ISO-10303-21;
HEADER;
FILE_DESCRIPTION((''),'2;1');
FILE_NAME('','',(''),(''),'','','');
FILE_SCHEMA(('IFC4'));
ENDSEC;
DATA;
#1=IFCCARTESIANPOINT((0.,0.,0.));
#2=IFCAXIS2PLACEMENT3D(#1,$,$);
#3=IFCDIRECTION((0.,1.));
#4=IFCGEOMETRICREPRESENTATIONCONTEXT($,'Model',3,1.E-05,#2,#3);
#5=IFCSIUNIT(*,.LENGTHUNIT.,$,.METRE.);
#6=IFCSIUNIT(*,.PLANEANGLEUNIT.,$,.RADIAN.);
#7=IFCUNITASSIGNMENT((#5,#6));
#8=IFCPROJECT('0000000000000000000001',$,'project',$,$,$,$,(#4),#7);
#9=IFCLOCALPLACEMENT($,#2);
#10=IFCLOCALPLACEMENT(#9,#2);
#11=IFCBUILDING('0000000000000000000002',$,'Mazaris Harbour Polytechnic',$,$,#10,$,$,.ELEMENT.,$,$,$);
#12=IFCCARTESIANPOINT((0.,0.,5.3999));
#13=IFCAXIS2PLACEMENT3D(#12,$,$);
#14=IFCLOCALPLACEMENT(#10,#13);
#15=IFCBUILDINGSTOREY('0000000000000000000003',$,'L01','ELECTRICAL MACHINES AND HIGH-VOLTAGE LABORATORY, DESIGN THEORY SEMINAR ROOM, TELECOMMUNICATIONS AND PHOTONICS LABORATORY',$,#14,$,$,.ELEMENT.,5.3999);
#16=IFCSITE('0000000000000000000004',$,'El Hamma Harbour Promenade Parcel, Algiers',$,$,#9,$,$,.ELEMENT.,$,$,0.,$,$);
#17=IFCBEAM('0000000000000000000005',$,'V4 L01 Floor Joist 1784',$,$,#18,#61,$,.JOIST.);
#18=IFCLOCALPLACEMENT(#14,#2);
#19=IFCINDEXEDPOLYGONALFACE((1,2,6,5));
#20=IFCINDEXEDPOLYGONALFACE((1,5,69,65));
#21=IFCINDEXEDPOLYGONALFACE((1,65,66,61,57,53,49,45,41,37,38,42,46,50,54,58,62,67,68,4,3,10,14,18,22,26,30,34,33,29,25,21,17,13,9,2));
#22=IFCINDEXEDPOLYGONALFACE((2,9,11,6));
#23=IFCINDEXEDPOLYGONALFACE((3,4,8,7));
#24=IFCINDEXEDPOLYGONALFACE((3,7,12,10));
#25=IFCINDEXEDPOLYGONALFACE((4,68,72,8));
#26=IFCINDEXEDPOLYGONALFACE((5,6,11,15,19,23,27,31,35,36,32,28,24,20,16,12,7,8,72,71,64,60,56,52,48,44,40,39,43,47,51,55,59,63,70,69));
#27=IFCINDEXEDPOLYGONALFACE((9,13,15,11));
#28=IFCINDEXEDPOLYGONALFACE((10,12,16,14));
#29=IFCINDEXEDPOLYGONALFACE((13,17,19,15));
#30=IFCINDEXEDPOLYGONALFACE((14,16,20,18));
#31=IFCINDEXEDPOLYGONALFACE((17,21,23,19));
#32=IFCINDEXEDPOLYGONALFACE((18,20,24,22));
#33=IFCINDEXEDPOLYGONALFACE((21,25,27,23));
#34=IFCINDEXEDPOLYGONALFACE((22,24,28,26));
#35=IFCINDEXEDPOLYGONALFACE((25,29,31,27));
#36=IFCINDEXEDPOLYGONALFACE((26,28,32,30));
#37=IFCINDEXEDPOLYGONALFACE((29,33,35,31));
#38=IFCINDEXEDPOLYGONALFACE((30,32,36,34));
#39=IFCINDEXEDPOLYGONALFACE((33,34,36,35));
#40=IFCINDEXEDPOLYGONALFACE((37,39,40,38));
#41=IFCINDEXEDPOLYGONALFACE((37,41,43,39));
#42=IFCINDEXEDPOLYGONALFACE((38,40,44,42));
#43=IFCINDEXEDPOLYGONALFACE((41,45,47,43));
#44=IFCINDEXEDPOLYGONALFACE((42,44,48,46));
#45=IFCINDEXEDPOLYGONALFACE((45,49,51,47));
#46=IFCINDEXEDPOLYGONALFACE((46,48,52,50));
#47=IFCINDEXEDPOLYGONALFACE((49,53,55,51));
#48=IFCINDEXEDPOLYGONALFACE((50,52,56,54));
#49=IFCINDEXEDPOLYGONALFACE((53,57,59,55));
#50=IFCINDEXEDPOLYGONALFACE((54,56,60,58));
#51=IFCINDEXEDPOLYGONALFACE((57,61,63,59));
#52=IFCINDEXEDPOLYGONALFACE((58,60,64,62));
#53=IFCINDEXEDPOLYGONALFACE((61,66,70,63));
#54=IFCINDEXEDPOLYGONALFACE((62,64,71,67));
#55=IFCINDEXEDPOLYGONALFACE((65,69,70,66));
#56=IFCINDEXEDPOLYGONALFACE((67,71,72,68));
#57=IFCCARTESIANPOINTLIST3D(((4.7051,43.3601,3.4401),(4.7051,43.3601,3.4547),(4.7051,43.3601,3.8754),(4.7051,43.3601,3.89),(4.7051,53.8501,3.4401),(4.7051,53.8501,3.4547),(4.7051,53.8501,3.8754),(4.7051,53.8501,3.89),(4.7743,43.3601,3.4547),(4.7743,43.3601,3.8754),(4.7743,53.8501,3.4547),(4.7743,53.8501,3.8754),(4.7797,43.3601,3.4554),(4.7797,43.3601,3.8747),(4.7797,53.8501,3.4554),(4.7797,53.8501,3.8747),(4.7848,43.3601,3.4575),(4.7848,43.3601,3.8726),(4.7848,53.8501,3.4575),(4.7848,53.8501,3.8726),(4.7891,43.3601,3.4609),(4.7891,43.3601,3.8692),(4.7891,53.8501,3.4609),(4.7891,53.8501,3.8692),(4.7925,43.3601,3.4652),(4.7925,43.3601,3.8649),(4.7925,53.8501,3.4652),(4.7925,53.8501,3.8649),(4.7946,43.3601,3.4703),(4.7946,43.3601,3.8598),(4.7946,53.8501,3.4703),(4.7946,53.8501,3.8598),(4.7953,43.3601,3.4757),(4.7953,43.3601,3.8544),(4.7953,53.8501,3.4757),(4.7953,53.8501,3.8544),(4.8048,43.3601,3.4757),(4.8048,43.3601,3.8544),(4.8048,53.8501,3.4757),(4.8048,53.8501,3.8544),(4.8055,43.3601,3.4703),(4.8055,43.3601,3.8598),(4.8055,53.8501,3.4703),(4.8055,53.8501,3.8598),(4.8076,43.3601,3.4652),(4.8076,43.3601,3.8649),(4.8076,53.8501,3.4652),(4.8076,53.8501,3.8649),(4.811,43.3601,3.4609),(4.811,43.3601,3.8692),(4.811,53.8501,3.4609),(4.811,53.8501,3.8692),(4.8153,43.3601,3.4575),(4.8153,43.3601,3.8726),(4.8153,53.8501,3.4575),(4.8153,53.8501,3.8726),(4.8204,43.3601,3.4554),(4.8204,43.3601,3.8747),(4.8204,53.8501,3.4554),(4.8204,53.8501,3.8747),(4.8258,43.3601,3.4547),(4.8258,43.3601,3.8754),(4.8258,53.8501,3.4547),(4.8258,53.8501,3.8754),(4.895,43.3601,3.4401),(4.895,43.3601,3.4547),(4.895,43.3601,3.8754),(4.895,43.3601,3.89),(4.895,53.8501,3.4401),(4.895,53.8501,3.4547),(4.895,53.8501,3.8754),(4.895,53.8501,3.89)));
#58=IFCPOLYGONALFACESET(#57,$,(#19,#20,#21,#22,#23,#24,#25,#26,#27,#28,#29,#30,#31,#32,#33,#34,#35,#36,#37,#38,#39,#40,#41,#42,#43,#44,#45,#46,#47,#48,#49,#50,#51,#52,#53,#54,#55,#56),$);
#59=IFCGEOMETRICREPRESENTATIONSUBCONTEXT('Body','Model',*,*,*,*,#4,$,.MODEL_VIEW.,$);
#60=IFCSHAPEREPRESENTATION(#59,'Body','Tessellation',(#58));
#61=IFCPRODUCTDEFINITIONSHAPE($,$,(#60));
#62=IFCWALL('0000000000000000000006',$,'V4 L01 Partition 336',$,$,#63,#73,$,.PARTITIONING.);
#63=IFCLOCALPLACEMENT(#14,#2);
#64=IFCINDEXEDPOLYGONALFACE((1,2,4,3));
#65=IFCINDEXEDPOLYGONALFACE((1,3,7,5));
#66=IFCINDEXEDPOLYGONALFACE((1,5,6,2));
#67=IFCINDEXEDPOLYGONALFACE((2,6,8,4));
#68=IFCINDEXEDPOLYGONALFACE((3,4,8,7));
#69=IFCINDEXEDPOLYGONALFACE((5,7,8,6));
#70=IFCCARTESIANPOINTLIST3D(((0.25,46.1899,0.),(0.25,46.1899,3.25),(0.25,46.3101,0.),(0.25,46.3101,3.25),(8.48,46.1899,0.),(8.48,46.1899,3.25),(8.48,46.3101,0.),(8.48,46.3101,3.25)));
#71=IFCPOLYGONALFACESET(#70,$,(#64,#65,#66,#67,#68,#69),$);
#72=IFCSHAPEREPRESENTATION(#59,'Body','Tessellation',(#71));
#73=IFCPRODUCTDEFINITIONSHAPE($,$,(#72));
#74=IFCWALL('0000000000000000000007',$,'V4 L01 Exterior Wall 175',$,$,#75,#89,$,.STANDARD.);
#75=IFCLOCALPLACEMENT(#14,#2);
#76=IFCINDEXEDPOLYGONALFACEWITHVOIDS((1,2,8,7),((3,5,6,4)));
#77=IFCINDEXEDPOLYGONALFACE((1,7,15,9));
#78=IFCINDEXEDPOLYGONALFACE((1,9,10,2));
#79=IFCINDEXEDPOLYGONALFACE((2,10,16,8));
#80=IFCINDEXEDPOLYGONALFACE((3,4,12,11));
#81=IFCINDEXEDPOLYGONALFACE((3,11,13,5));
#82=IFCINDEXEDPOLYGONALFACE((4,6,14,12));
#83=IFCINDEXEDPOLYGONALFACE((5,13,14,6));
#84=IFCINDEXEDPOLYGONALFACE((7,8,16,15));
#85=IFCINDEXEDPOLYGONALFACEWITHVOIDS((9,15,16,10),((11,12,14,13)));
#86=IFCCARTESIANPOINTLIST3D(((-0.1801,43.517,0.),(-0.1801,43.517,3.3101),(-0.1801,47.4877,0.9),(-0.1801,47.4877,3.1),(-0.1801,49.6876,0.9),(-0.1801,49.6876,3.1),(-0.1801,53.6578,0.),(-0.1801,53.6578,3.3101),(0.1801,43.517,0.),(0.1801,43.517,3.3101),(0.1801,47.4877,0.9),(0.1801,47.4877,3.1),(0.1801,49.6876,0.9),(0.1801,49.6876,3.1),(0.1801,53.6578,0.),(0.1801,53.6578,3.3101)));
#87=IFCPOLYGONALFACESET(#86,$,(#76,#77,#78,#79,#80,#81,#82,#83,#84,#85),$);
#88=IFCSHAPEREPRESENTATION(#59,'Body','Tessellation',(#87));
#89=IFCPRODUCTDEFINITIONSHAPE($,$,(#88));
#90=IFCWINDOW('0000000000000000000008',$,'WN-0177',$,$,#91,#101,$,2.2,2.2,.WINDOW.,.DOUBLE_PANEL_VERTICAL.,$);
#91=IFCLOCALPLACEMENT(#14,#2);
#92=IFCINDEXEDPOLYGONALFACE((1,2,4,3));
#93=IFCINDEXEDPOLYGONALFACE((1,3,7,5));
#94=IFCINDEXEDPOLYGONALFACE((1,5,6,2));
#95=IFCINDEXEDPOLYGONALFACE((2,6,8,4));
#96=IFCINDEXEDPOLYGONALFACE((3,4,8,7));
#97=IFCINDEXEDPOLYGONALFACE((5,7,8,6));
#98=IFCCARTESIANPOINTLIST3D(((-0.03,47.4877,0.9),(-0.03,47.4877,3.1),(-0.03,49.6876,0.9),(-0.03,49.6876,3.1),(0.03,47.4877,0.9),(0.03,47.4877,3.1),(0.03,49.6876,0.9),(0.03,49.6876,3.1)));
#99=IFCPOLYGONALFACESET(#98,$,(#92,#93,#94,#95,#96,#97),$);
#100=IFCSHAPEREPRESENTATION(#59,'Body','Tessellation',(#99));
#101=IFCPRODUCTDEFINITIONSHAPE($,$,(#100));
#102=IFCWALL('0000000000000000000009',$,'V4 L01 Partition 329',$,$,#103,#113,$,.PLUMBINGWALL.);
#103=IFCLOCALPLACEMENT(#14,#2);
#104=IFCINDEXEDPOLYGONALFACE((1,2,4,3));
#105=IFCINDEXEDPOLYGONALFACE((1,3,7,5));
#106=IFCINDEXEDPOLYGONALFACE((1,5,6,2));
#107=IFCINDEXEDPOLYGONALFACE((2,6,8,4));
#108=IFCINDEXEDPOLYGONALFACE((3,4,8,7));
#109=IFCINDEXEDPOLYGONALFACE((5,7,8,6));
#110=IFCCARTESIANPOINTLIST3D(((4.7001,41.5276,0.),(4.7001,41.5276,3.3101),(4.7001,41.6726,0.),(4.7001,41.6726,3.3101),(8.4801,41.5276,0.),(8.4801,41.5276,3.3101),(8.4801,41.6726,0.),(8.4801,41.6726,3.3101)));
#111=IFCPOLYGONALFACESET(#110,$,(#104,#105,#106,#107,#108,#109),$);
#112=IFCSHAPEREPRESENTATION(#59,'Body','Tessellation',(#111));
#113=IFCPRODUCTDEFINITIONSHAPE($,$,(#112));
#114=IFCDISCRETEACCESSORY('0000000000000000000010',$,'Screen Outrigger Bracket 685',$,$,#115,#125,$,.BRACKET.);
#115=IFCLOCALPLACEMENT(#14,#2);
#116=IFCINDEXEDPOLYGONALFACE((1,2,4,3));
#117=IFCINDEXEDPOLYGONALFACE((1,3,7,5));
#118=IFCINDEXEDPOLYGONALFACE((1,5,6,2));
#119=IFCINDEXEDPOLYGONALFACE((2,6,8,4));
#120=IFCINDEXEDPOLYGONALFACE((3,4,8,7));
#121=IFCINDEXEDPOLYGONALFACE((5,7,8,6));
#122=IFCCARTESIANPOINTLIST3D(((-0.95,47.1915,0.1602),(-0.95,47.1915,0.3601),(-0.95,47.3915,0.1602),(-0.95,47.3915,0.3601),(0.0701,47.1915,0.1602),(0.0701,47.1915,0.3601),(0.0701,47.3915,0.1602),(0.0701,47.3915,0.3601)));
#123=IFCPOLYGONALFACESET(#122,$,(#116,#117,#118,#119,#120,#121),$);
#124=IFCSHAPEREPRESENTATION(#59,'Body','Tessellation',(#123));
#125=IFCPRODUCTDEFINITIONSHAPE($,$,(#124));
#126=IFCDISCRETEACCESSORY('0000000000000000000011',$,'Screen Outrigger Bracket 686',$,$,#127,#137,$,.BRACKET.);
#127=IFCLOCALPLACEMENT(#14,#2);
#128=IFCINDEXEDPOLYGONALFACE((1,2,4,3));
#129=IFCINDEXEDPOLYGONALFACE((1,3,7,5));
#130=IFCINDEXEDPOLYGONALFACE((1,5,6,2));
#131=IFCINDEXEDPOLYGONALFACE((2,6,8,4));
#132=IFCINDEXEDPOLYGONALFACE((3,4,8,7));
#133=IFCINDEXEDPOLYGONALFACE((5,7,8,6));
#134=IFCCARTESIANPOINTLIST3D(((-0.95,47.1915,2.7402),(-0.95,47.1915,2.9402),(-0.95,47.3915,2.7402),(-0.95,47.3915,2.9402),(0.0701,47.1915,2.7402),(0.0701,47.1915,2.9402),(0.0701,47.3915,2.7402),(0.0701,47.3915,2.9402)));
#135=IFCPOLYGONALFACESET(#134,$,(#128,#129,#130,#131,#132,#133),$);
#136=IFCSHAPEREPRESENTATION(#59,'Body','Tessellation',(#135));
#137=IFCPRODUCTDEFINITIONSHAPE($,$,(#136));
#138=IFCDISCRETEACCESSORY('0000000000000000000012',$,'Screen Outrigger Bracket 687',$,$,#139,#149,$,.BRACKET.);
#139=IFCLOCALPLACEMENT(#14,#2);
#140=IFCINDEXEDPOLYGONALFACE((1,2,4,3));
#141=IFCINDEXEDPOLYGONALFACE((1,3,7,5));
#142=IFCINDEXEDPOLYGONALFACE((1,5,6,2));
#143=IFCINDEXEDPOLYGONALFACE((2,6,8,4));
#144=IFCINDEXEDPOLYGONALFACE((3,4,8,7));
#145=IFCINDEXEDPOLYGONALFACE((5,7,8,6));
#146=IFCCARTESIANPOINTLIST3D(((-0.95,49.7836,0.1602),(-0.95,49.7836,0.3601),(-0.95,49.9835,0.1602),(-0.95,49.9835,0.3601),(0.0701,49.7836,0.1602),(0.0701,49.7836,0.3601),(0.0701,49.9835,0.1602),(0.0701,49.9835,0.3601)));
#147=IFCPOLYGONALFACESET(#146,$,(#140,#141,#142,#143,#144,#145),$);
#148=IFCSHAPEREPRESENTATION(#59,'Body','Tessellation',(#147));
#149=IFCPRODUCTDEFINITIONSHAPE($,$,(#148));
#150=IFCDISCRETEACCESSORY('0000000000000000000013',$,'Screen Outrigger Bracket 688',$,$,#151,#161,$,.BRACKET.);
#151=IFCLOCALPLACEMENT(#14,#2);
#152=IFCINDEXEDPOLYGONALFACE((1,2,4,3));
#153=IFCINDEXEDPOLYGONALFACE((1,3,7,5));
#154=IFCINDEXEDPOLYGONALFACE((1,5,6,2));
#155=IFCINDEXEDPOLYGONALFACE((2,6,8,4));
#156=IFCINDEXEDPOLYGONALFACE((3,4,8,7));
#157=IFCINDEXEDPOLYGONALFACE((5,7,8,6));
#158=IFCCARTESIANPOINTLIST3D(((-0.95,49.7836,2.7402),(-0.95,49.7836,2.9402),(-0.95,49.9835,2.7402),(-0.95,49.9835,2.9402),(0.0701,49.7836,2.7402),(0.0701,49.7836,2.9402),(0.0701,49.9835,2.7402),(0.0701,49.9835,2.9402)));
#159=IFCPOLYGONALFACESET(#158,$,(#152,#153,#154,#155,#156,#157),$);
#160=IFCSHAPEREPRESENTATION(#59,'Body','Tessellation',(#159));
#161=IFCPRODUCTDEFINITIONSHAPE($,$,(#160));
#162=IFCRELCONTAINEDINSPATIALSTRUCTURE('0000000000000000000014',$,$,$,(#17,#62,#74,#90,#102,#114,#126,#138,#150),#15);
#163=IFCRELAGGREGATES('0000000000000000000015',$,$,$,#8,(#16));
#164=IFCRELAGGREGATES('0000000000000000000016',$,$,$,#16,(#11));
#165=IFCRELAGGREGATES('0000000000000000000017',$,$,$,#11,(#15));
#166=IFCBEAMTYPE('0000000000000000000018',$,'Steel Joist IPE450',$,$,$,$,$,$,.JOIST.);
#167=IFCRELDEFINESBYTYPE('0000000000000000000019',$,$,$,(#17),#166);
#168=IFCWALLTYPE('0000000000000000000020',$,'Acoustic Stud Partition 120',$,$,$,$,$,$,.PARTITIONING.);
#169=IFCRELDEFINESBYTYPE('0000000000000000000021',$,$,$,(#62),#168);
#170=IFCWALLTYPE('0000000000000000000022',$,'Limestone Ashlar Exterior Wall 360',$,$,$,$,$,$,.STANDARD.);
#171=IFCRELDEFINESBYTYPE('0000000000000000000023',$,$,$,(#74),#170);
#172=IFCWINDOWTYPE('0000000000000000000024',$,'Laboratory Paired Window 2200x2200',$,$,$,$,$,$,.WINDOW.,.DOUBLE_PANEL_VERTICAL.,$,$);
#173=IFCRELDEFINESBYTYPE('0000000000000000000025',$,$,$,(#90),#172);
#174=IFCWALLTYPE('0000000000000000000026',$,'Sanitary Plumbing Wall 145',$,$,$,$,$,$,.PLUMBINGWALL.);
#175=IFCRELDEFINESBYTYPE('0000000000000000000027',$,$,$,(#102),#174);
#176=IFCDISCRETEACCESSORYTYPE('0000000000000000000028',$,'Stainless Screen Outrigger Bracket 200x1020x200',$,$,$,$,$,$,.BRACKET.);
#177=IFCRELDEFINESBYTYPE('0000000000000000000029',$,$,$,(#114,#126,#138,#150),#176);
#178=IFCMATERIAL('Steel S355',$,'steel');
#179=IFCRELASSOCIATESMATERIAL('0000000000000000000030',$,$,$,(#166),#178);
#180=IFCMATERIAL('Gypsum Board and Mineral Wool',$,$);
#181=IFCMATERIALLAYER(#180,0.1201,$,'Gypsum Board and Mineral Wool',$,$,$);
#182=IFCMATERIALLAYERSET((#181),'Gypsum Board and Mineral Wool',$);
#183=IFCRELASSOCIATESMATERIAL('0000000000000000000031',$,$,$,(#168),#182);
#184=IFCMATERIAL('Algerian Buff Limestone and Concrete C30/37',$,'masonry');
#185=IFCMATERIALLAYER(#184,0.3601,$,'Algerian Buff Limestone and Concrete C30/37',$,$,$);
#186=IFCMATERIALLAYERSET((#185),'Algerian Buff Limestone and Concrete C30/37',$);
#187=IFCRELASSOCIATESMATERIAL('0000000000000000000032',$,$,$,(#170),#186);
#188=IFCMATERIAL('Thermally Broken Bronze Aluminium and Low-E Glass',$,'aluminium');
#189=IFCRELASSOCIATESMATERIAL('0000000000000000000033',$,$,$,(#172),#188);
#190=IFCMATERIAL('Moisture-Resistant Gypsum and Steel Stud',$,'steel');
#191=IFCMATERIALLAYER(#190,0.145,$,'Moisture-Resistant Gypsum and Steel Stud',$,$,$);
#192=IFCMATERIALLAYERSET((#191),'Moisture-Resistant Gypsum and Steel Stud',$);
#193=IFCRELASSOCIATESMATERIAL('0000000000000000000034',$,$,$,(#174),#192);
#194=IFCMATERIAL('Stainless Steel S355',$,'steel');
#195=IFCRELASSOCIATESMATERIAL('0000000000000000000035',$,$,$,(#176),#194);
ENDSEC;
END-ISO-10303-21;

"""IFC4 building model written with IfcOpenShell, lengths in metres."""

from ifc_helpers import new_model, si_unit, direction, frame, frame_2d, origin, origin_2d, place, context, subcontext, project, spatial, rectangle, i_section, extrude, material, layer, layer_set, material_profile, profile_set, type_object, element, fill, save


model = new_model("IFC4")

# Units and contexts
model_context = context("Model", 3, precision=1e-05, world=origin(), true_north=direction((0.0, 1.0)))
body_context = subcontext(model_context, "Body", "Model", "MODEL_VIEW")
ifc_project = project(units=[si_unit("LENGTHUNIT", "METRE"), si_unit("PLANEANGLEUNIT", "RADIAN")], contexts=[model_context])

# Site, building, storey
site_placement = place(None, origin())
site = spatial("IfcSite", under=ifc_project, at=site_placement, Name="El Hamma Harbour Promenade Parcel, Algiers", CompositionType="ELEMENT", RefElevation=0.0)
building_placement = place(site_placement, origin())
building = spatial("IfcBuilding", under=site, at=building_placement, Name="Mazaris Harbour Polytechnic", CompositionType="ELEMENT")
storey_placement = place(building_placement, frame((0.0, 0.0, 5.3999)))
storey = spatial("IfcBuildingStorey", under=building, at=storey_placement, Name="L01", Description="ELECTRICAL MACHINES AND HIGH-VOLTAGE LABORATORY, DESIGN THEORY SEMINAR ROOM, TELECOMMUNICATIONS AND PHOTONICS LABORATORY", CompositionType="ELEMENT", Elevation=5.3999)

# Beam
ifc_material_1 = material(Name="Steel S355", Category="steel")
ifc_material_profile_1 = material_profile(ifc_material_1, i_section(OverallWidth=0.1899, OverallDepth=0.45, WebThickness=0.0095, FlangeThickness=0.0146, FilletRadius=0.021, at=origin_2d()), Name="IPE 450")
ifc_profile_set_1 = profile_set([ifc_material_profile_1], Name="Steel S355")
beam_type_1 = type_object("IfcBeamType", Name="Steel Joist IPE450", PredefinedType="JOIST", material=ifc_profile_set_1)
beam_1_placement = place(storey_placement, frame((4.8, 43.3601, 3.665), z_axis=(0.0, 1.0, 0.0), x_axis=(-1.0, 0.0, 0.0)))
element("IfcBeam", 1, at=beam_1_placement, inside=storey, type_object=beam_type_1, Name="V4 L01 Floor Joist 1784", PredefinedType="JOIST", context=body_context, shape_type="SweptSolid", body=[
    extrude(i_section(OverallWidth=0.1899, OverallDepth=0.45, WebThickness=0.0095, FlangeThickness=0.0146, FilletRadius=0.021, at=origin_2d()), origin(), (0.0, 0.0, 1.0), 10.49),
])

# Wall
ifc_material_2 = material(Name="Gypsum Board and Mineral Wool")
ifc_layer_1 = layer(ifc_material_2, 0.1201, Name="Gypsum Board and Mineral Wool")
ifc_layer_set_1 = layer_set([ifc_layer_1], Name="Gypsum Board and Mineral Wool")
wall_type_1 = type_object("IfcWallType", Name="Acoustic Stud Partition 120", PredefinedType="PARTITIONING", material=ifc_layer_set_1)
wall_1_placement = place(storey_placement, frame((0.25, 46.25, 0.0), z_axis=(0.0, 0.0, 1.0), x_axis=(1.0, 0.0, 0.0)))
element("IfcWall", 2, at=wall_1_placement, inside=storey, type_object=wall_type_1, Name="V4 L01 Partition 336", PredefinedType="PARTITIONING", context=body_context, shape_type="SweptSolid", body=[
    extrude(rectangle(XDim=8.23, YDim=0.1201, at=frame_2d((4.115, 0.0))), origin(), (0.0, 0.0, 1.0), 3.25),
])

# Wall, opening, window
ifc_material_3 = material(Name="Algerian Buff Limestone and Concrete C30/37", Category="masonry")
ifc_layer_2 = layer(ifc_material_3, 0.3601, Name="Algerian Buff Limestone and Concrete C30/37")
ifc_layer_set_2 = layer_set([ifc_layer_2], Name="Algerian Buff Limestone and Concrete C30/37")
wall_type_2 = type_object("IfcWallType", Name="Limestone Ashlar Exterior Wall 360", PredefinedType="STANDARD", material=ifc_layer_set_2)
wall_2_placement = place(storey_placement, frame((0.0, 43.5171, 0.0), z_axis=(0.0, 0.0, 1.0), x_axis=(0.0, 1.0, 0.0)))
wall_2 = element("IfcWall", 3, at=wall_2_placement, inside=storey, type_object=wall_type_2, Name="V4 L01 Exterior Wall 175", PredefinedType="STANDARD", context=body_context, shape_type="SweptSolid", body=[
    extrude(rectangle(XDim=10.1409, YDim=0.3601, at=frame_2d((5.0703, 0.0))), origin(), (0.0, 0.0, 1.0), 3.3101),
])
opening_placement = place(wall_2_placement, frame((3.9705, 0.0, 0.8999)))
opening = element("IfcOpeningElement", 4, at=opening_placement, cuts=wall_2, PredefinedType="OPENING", context=body_context, shape_type="SweptSolid", body=[
    extrude(rectangle(XDim=2.2, YDim=2.2, at=frame_2d((1.1001, 1.1001))), frame((0.0, 0.1899, 0.0), z_axis=(0.0, -1.0, 0.0), x_axis=(1.0, 0.0, 0.0)), (0.0, 0.0, 1.0), 0.3801),
])
ifc_material_4 = material(Name="Thermally Broken Bronze Aluminium and Low-E Glass", Category="aluminium")
window_type = type_object("IfcWindowType", Name="Laboratory Paired Window 2200x2200", PartitioningType="DOUBLE_PANEL_VERTICAL", PredefinedType="WINDOW", material=ifc_material_4)
window_placement = place(opening_placement, origin())
window = element("IfcWindow", 5, at=window_placement, inside=storey, type_object=window_type, Name="WN-0177", OverallHeight=2.2, OverallWidth=2.2, PartitioningType="DOUBLE_PANEL_VERTICAL", PredefinedType="WINDOW", context=body_context, shape_type="SweptSolid", body=[
    extrude(rectangle(XDim=2.2, YDim=2.2, at=frame_2d((1.1001, 1.1001))), frame((0.0, 0.03, 0.0), z_axis=(0.0, -1.0, 0.0), x_axis=(1.0, 0.0, 0.0)), (0.0, 0.0, 1.0), 0.0601),
])
fill(opening, window)

# Wall
ifc_material_5 = material(Name="Moisture-Resistant Gypsum and Steel Stud", Category="steel")
ifc_layer_3 = layer(ifc_material_5, 0.145, Name="Moisture-Resistant Gypsum and Steel Stud")
ifc_layer_set_3 = layer_set([ifc_layer_3], Name="Moisture-Resistant Gypsum and Steel Stud")
wall_type_3 = type_object("IfcWallType", Name="Sanitary Plumbing Wall 145", PredefinedType="PLUMBINGWALL", material=ifc_layer_set_3)
wall_3_placement = place(storey_placement, frame((4.7, 41.6001, 0.0), z_axis=(0.0, 0.0, 1.0), x_axis=(1.0, 0.0, 0.0)))
element("IfcWall", 6, at=wall_3_placement, inside=storey, type_object=wall_type_3, Name="V4 L01 Partition 329", PredefinedType="PLUMBINGWALL", context=body_context, shape_type="SweptSolid", body=[
    extrude(rectangle(XDim=3.78, YDim=0.145, at=frame_2d((1.8901, 0.0))), origin(), (0.0, 0.0, 1.0), 3.3101),
])

# Discrete accessories
ifc_material_6 = material(Name="Stainless Steel S355", Category="steel")
discrete_accessory_type = type_object("IfcDiscreteAccessoryType", Name="Stainless Screen Outrigger Bracket 200x1020x200", PredefinedType="BRACKET", material=ifc_material_6)
for number, where, z_axis, x_axis, name in (
    (7, (-0.4399, 47.2915, 0.1602), (0.0, 0.0, 1.0), (0.0, 1.0, 0.0), "Screen Outrigger Bracket 685"),
    (8, (-0.4399, 47.2915, 2.7402), (0.0, 0.0, 1.0), (0.0, 1.0, 0.0), "Screen Outrigger Bracket 686"),
    (9, (-0.4399, 49.8835, 0.1602), (0.0, 0.0, 1.0), (0.0, 1.0, 0.0), "Screen Outrigger Bracket 687"),
    (10, (-0.4399, 49.8835, 2.7402), (0.0, 0.0, 1.0), (0.0, 1.0, 0.0), "Screen Outrigger Bracket 688"),
):
    element("IfcDiscreteAccessory", number, at=place(storey_placement, frame(where, z_axis=z_axis, x_axis=x_axis)), inside=storey, type_object=discrete_accessory_type, Name=name, PredefinedType="BRACKET", context=body_context, shape_type="SweptSolid", body=[
        extrude(rectangle(XDim=0.2, YDim=1.02, at=origin_2d()), origin(), (0.0, 0.0, 1.0), 0.2),
    ])

save(model, "model.ifc")
